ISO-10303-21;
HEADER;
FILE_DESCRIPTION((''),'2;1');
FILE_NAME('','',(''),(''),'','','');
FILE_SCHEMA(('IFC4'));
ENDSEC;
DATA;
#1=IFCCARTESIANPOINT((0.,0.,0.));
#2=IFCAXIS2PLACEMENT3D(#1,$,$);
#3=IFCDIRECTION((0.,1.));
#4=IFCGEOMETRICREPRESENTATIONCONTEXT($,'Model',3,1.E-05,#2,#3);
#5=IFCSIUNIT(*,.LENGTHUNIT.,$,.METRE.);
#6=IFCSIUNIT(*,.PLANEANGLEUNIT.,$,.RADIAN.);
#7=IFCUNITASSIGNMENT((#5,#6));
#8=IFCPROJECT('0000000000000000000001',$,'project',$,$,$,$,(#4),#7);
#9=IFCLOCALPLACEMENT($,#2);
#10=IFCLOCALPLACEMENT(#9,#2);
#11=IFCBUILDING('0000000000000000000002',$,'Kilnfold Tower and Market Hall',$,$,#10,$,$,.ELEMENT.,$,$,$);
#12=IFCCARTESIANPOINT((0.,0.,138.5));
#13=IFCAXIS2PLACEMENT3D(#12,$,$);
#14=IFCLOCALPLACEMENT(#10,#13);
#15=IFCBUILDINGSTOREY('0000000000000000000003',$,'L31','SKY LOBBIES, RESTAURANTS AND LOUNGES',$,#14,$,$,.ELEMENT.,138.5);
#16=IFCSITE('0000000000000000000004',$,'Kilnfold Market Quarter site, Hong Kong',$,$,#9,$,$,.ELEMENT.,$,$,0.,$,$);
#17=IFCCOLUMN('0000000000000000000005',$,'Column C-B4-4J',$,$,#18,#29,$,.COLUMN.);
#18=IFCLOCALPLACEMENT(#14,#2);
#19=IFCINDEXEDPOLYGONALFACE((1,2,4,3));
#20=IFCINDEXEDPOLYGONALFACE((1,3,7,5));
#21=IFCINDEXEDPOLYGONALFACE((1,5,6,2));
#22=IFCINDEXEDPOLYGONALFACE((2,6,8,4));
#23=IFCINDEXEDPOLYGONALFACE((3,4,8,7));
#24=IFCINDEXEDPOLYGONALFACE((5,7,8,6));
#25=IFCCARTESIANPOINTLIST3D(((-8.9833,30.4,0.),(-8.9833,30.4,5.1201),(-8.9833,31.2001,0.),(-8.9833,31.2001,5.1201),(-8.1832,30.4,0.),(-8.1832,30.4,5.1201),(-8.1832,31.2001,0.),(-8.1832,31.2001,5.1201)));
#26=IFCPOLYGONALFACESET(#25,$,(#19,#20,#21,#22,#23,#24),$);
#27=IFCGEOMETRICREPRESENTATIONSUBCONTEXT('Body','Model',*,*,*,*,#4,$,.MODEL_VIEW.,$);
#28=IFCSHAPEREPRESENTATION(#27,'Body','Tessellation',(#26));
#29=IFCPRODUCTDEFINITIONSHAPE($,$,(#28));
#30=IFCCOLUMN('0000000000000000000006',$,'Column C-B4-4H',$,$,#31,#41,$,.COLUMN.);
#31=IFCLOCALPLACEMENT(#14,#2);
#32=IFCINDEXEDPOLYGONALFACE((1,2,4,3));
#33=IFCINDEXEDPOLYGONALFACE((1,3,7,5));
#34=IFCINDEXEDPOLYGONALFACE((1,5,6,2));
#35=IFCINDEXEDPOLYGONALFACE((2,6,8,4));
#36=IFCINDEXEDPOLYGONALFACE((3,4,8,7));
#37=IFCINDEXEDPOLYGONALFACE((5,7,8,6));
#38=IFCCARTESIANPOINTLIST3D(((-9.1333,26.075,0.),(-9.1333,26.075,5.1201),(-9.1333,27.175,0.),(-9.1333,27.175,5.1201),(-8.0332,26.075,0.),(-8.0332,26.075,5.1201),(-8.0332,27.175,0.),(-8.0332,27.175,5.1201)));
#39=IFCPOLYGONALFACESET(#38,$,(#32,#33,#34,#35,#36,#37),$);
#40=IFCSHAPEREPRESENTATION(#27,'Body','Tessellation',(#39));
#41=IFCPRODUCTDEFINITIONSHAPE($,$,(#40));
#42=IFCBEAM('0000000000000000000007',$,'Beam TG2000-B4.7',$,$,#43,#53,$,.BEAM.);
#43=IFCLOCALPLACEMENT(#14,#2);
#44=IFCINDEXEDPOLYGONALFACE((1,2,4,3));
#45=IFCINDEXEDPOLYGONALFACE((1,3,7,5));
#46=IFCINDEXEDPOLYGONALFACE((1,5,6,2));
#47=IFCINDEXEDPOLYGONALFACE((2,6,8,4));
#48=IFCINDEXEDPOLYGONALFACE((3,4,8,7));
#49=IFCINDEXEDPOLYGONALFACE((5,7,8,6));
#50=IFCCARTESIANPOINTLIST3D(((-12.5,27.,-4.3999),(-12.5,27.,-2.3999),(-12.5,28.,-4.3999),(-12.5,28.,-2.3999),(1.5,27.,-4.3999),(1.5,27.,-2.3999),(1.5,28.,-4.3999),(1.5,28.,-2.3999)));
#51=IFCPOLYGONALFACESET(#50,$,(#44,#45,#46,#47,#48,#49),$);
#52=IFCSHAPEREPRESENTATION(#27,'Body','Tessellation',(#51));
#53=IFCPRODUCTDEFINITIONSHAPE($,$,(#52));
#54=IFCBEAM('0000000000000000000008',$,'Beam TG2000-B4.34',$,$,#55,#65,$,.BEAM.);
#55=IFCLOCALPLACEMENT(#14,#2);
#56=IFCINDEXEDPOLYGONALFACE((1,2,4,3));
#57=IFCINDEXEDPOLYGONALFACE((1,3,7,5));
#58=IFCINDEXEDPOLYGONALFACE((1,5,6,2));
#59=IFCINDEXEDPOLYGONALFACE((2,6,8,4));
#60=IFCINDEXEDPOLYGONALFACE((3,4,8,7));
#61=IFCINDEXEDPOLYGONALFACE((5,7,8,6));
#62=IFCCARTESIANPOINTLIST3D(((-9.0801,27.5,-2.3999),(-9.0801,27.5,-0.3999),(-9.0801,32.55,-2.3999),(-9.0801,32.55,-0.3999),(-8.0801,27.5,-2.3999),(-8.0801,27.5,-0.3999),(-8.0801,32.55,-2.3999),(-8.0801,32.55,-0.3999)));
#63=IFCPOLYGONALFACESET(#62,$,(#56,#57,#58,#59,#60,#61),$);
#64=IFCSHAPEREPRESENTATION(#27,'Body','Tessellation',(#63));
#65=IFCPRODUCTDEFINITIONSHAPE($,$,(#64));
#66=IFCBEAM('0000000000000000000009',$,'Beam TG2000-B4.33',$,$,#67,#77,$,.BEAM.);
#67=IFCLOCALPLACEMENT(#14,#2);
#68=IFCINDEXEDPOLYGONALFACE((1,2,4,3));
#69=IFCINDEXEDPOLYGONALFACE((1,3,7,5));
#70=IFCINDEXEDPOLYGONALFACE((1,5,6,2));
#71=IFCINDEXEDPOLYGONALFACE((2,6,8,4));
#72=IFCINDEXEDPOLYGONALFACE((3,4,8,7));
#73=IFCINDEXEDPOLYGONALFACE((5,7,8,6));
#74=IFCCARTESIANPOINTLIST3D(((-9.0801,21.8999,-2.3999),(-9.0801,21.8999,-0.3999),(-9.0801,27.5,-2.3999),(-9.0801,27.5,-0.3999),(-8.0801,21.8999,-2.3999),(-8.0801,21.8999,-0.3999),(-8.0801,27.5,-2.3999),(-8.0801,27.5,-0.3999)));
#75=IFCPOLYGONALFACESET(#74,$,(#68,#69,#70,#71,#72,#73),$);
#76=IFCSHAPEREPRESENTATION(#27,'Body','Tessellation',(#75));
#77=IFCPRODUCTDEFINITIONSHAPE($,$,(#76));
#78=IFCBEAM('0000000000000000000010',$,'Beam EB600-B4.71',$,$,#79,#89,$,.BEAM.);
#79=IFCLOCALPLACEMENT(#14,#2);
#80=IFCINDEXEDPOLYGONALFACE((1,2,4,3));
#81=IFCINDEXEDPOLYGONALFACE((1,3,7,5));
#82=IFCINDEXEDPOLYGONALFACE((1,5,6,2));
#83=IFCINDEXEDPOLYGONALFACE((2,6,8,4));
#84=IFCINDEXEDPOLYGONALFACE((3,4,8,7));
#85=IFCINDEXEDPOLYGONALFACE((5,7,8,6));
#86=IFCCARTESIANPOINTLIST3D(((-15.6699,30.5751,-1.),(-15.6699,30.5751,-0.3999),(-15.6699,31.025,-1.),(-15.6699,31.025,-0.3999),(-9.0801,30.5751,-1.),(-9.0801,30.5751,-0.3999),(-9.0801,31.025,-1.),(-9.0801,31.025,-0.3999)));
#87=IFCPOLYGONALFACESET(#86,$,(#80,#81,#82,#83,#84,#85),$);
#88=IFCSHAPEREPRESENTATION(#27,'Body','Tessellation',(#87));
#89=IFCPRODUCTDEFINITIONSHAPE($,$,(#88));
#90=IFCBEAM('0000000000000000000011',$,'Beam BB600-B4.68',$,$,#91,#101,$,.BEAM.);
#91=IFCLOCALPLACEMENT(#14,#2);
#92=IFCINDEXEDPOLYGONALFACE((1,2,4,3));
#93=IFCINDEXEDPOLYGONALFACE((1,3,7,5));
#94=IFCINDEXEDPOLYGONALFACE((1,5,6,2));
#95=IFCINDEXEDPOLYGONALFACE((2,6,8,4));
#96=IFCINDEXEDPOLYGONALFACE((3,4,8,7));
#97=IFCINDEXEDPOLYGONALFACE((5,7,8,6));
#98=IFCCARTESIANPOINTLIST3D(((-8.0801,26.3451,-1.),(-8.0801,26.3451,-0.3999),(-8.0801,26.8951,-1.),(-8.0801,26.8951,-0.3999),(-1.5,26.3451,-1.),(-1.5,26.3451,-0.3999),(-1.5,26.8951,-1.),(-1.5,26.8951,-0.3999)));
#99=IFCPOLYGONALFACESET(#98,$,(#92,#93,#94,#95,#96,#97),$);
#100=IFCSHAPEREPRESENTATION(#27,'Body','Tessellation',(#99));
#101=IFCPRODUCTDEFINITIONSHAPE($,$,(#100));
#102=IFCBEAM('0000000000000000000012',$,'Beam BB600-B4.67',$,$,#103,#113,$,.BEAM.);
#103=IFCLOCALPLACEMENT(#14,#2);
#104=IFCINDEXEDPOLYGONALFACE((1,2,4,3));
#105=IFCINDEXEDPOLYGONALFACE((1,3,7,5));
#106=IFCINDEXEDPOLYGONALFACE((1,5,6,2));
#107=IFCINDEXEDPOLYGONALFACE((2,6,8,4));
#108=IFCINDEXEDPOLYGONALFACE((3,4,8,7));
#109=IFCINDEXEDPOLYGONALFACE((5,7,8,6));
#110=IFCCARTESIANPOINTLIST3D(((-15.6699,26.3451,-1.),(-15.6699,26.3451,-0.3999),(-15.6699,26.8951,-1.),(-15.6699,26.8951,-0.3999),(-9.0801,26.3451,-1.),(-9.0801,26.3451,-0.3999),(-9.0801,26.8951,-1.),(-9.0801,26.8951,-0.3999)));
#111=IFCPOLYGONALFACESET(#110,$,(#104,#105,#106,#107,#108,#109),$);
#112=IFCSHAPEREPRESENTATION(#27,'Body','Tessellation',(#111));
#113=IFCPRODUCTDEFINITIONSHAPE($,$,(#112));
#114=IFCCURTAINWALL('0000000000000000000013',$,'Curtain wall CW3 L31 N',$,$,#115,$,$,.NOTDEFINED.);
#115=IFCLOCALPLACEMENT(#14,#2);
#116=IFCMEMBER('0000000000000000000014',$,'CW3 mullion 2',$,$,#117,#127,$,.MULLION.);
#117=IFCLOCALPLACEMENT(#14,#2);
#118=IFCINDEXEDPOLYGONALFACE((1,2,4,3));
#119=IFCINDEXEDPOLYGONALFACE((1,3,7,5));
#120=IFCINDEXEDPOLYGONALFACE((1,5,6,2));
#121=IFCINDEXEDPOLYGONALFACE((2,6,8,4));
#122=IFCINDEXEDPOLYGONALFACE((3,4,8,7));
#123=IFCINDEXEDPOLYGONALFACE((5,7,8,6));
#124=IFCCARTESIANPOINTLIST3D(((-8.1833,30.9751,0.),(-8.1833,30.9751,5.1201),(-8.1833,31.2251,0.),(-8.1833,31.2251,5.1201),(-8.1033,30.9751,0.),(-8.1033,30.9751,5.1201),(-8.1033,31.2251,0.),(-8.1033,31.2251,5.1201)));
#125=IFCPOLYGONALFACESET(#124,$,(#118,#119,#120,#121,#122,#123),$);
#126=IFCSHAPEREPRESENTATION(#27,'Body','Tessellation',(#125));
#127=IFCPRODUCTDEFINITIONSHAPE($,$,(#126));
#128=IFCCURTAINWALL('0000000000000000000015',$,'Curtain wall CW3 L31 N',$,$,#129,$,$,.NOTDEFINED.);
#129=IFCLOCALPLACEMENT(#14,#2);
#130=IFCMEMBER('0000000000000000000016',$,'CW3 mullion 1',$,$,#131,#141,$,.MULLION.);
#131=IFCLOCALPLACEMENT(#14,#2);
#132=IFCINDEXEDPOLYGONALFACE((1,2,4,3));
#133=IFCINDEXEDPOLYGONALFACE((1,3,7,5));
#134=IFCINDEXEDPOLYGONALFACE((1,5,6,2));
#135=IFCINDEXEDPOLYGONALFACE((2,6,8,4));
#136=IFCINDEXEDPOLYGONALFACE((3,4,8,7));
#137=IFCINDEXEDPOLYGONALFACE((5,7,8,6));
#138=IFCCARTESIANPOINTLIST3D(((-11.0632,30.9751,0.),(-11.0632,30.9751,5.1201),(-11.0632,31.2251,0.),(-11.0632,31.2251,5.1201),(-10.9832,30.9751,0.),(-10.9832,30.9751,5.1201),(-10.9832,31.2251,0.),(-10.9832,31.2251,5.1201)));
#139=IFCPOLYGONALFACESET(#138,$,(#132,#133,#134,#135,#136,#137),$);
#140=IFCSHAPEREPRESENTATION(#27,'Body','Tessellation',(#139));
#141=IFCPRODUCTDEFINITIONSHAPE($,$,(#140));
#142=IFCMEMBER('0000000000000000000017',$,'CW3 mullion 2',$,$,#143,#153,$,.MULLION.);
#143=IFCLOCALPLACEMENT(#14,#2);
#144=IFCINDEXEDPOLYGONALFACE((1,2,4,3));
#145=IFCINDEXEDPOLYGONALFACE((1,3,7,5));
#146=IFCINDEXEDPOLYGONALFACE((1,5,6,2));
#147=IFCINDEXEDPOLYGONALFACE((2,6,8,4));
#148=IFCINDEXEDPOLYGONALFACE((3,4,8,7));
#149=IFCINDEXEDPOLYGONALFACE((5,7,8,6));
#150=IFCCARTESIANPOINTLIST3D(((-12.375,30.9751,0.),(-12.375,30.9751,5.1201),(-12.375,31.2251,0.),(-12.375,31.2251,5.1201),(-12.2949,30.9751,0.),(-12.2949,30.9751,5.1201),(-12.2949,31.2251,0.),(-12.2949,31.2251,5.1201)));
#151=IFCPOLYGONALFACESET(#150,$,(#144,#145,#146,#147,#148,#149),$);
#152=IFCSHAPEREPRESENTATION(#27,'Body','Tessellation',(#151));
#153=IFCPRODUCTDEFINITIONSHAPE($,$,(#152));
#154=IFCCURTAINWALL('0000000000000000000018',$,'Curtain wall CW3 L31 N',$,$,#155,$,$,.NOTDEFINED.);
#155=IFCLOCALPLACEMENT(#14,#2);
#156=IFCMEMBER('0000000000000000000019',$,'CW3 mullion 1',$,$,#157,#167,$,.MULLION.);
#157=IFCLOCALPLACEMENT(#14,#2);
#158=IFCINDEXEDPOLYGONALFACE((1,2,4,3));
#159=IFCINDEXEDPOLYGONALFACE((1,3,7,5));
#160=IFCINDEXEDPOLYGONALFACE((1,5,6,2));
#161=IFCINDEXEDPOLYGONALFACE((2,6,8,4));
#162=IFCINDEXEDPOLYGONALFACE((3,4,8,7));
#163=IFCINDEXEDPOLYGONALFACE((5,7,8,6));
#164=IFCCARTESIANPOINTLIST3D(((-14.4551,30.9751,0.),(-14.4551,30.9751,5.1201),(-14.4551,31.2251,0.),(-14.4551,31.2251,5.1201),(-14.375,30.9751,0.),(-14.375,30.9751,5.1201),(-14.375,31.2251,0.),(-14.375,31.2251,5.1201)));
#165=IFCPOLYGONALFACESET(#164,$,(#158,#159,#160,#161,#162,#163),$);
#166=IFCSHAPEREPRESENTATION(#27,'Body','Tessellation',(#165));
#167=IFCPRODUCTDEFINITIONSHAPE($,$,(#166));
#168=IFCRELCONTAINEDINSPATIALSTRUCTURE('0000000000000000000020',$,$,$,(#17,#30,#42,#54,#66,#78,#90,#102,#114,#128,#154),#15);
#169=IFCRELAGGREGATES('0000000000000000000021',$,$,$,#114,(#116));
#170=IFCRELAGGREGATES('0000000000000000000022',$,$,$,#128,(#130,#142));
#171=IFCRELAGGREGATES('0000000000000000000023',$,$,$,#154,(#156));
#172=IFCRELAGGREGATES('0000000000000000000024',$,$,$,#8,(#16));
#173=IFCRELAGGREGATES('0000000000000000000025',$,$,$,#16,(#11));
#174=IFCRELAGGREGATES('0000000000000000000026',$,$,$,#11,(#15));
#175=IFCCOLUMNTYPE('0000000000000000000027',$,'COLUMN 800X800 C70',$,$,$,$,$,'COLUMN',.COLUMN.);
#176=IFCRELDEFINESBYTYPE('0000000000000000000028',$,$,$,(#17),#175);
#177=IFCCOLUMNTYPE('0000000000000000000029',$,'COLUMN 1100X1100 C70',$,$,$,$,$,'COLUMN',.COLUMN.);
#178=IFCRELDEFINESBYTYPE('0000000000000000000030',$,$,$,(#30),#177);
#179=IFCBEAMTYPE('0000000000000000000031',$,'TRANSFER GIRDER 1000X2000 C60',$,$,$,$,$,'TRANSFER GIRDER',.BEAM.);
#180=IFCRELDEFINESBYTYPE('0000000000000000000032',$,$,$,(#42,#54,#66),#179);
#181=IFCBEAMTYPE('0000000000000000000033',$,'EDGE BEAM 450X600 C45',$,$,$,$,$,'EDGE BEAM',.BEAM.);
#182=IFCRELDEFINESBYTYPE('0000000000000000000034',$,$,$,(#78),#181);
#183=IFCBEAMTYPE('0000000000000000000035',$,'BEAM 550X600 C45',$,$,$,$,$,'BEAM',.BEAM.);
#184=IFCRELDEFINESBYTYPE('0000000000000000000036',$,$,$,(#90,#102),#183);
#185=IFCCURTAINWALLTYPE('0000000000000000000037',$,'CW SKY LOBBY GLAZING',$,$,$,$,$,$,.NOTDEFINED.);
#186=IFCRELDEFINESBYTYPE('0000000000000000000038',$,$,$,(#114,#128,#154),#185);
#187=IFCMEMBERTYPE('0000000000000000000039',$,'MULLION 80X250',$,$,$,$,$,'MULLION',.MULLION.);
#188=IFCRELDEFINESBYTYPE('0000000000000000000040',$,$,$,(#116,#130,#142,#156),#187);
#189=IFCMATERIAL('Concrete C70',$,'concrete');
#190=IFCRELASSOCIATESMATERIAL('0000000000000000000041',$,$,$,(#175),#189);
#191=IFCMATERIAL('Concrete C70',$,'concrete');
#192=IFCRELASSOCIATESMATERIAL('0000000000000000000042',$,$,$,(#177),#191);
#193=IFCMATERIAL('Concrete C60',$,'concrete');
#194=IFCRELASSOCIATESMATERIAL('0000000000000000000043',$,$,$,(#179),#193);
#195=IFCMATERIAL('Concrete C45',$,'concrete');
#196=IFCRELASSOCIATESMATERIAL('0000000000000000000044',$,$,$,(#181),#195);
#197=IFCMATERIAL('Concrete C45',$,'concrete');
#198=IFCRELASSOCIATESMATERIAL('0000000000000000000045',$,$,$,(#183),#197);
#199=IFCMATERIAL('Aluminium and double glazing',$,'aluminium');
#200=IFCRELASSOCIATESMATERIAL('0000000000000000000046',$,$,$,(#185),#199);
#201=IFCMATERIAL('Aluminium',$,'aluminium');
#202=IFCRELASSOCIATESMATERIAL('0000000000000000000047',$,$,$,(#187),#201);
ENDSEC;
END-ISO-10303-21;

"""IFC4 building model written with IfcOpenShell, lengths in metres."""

from ifc_helpers import new_model, si_unit, direction, frame, origin, origin_2d, place, context, subcontext, project, spatial, rectangle, extrude, source, transform, mapped, material, material_profile, profile_set, type_object, element, aggregate, save


model = new_model("IFC4")

# Units and contexts
model_context = context("Model", 3, precision=1e-05, world=origin(), true_north=direction((0.0, 1.0)))
body_context = subcontext(model_context, "Body", "Model", "MODEL_VIEW")
ifc_project = project(units=[si_unit("LENGTHUNIT", "METRE"), si_unit("PLANEANGLEUNIT", "RADIAN")], contexts=[model_context])

# Site, building, storey
site_placement = place(None, origin())
site = spatial("IfcSite", under=ifc_project, at=site_placement, Name="Kilnfold Market Quarter site, Hong Kong", CompositionType="ELEMENT", RefElevation=0.0)
building_placement = place(site_placement, origin())
building = spatial("IfcBuilding", under=site, at=building_placement, Name="Kilnfold Tower and Market Hall", CompositionType="ELEMENT")
storey_placement = place(building_placement, frame((0.0, 0.0, 138.5)))
storey = spatial("IfcBuildingStorey", under=building, at=storey_placement, Name="L31", Description="SKY LOBBIES, RESTAURANTS AND LOUNGES", CompositionType="ELEMENT", Elevation=138.5)

# Columns
ifc_material_1 = material(Name="Concrete C70", Category="concrete")
ifc_material_profile_1 = material_profile(ifc_material_1, rectangle(XDim=0.8, YDim=0.8, at=origin_2d()), Name="RC 800x800")
ifc_profile_set_1 = profile_set([ifc_material_profile_1], Name="Concrete C70")
column_type_1 = type_object("IfcColumnType", Name="COLUMN 800X800 C70", ElementType="COLUMN", PredefinedType="COLUMN", material=ifc_profile_set_1)
shared_shape_1 = source(origin(), body_context, "Body", "SweptSolid", [
    extrude(rectangle(XDim=0.8, YDim=0.8, at=origin_2d()), origin(), (0.0, 0.0, 1.0), 5.1201),
])
column_1_placement = place(storey_placement, frame((-8.5833, 30.8, 0.0), z_axis=(0.0, 0.0, 1.0), x_axis=(1.0, 0.0, 0.0)))
element("IfcColumn", 1, at=column_1_placement, inside=storey, type_object=column_type_1, Name="Column C-B4-4J", PredefinedType="COLUMN", context=body_context, shape_type="MappedRepresentation", body=[
    mapped(shared_shape_1, transform((0.0, 0.0, 0.0))),
])
ifc_material_2 = material(Name="Concrete C70", Category="concrete")
ifc_material_profile_2 = material_profile(ifc_material_2, rectangle(XDim=1.1001, YDim=1.1001, at=origin_2d()), Name="RC 1100x1100")
ifc_profile_set_2 = profile_set([ifc_material_profile_2], Name="Concrete C70")
column_type_2 = type_object("IfcColumnType", Name="COLUMN 1100X1100 C70", ElementType="COLUMN", PredefinedType="COLUMN", material=ifc_profile_set_2)
shared_shape_2 = source(origin(), body_context, "Body", "SweptSolid", [
    extrude(rectangle(XDim=1.1001, YDim=1.1001, at=origin_2d()), origin(), (0.0, 0.0, 1.0), 5.1201),
])
column_2_placement = place(storey_placement, frame((-8.5833, 26.625, 0.0), z_axis=(0.0, 0.0, 1.0), x_axis=(1.0, 0.0, 0.0)))
element("IfcColumn", 2, at=column_2_placement, inside=storey, type_object=column_type_2, Name="Column C-B4-4H", PredefinedType="COLUMN", context=body_context, shape_type="MappedRepresentation", body=[
    mapped(shared_shape_2, transform((0.0, 0.0, 0.0))),
])

# Beams
ifc_material_3 = material(Name="Concrete C60", Category="concrete")
ifc_material_profile_3 = material_profile(ifc_material_3, rectangle(XDim=1.0, YDim=2.0, at=origin_2d()), Name="RC 1000x2000")
ifc_profile_set_3 = profile_set([ifc_material_profile_3], Name="Concrete C60")
beam_type_1 = type_object("IfcBeamType", Name="TRANSFER GIRDER 1000X2000 C60", ElementType="TRANSFER GIRDER", PredefinedType="BEAM", material=ifc_profile_set_3)
shared_shape_3 = source(origin(), body_context, "Body", "SweptSolid", [
    extrude(rectangle(XDim=1.0, YDim=2.0, at=origin_2d()), origin(), (0.0, 0.0, 1.0), 14.0),
])
beam_1_placement = place(storey_placement, frame((-12.5, 27.5, -3.3999), z_axis=(1.0, 0.0, 0.0), x_axis=(0.0, 1.0, 0.0)))
element("IfcBeam", 3, at=beam_1_placement, inside=storey, type_object=beam_type_1, Name="Beam TG2000-B4.7", PredefinedType="BEAM", context=body_context, shape_type="MappedRepresentation", body=[
    mapped(shared_shape_3, transform((0.0, 0.0, 0.0))),
])
shared_shape_4 = source(origin(), body_context, "Body", "SweptSolid", [
    extrude(rectangle(XDim=1.0, YDim=2.0, at=origin_2d()), origin(), (0.0, 0.0, 1.0), 5.05),
])
beam_2_placement = place(storey_placement, frame((-8.5801, 27.5, -1.3999), z_axis=(0.0, 1.0, 0.0), x_axis=(-1.0, 0.0, 0.0)))
element("IfcBeam", 4, at=beam_2_placement, inside=storey, type_object=beam_type_1, Name="Beam TG2000-B4.34", PredefinedType="BEAM", context=body_context, shape_type="MappedRepresentation", body=[
    mapped(shared_shape_4, transform((0.0, 0.0, 0.0))),
])
shared_shape_5 = source(origin(), body_context, "Body", "SweptSolid", [
    extrude(rectangle(XDim=1.0, YDim=2.0, at=origin_2d()), origin(), (0.0, 0.0, 1.0), 5.6001),
])
beam_3_placement = place(storey_placement, frame((-8.5801, 21.8999, -1.3999), z_axis=(0.0, 1.0, 0.0), x_axis=(-1.0, 0.0, 0.0)))
element("IfcBeam", 5, at=beam_3_placement, inside=storey, type_object=beam_type_1, Name="Beam TG2000-B4.33", PredefinedType="BEAM", context=body_context, shape_type="MappedRepresentation", body=[
    mapped(shared_shape_5, transform((0.0, 0.0, 0.0))),
])
ifc_material_4 = material(Name="Concrete C45", Category="concrete")
ifc_material_profile_4 = material_profile(ifc_material_4, rectangle(XDim=0.45, YDim=0.6001, at=origin_2d()), Name="RC 450x600")
ifc_profile_set_4 = profile_set([ifc_material_profile_4], Name="Concrete C45")
beam_type_2 = type_object("IfcBeamType", Name="EDGE BEAM 450X600 C45", ElementType="EDGE BEAM", PredefinedType="BEAM", material=ifc_profile_set_4)
shared_shape_6 = source(origin(), body_context, "Body", "SweptSolid", [
    extrude(rectangle(XDim=0.45, YDim=0.6001, at=origin_2d()), origin(), (0.0, 0.0, 1.0), 6.5898),
])
beam_4_placement = place(storey_placement, frame((-15.6699, 30.8, -0.7), z_axis=(1.0, 0.0, 0.0), x_axis=(0.0, 1.0, 0.0)))
element("IfcBeam", 6, at=beam_4_placement, inside=storey, type_object=beam_type_2, Name="Beam EB600-B4.71", PredefinedType="BEAM", context=body_context, shape_type="MappedRepresentation", body=[
    mapped(shared_shape_6, transform((0.0, 0.0, 0.0))),
])
ifc_material_5 = material(Name="Concrete C45", Category="concrete")
ifc_material_profile_5 = material_profile(ifc_material_5, rectangle(XDim=0.55, YDim=0.6001, at=origin_2d()), Name="RC 550x600")
ifc_profile_set_5 = profile_set([ifc_material_profile_5], Name="Concrete C45")
beam_type_3 = type_object("IfcBeamType", Name="BEAM 550X600 C45", ElementType="BEAM", PredefinedType="BEAM", material=ifc_profile_set_5)
shared_shape_7 = source(origin(), body_context, "Body", "SweptSolid", [
    extrude(rectangle(XDim=0.55, YDim=0.6001, at=origin_2d()), origin(), (0.0, 0.0, 1.0), 6.5801),
])
beam_5_placement = place(storey_placement, frame((-8.0801, 26.6201, -0.7), z_axis=(1.0, 0.0, 0.0), x_axis=(0.0, 1.0, 0.0)))
element("IfcBeam", 7, at=beam_5_placement, inside=storey, type_object=beam_type_3, Name="Beam BB600-B4.68", PredefinedType="BEAM", context=body_context, shape_type="MappedRepresentation", body=[
    mapped(shared_shape_7, transform((0.0, 0.0, 0.0))),
])
shared_shape_8 = source(origin(), body_context, "Body", "SweptSolid", [
    extrude(rectangle(XDim=0.55, YDim=0.6001, at=origin_2d()), origin(), (0.0, 0.0, 1.0), 6.5898),
])
beam_6_placement = place(storey_placement, frame((-15.6699, 26.6201, -0.7), z_axis=(1.0, 0.0, 0.0), x_axis=(0.0, 1.0, 0.0)))
element("IfcBeam", 8, at=beam_6_placement, inside=storey, type_object=beam_type_3, Name="Beam BB600-B4.67", PredefinedType="BEAM", context=body_context, shape_type="MappedRepresentation", body=[
    mapped(shared_shape_8, transform((0.0, 0.0, 0.0))),
])

# Curtain wall, member
ifc_material_6 = material(Name="Aluminium and double glazing", Category="aluminium")
curtain_wall_type = type_object("IfcCurtainWallType", Name="CW SKY LOBBY GLAZING", PredefinedType="NOTDEFINED", material=ifc_material_6)
curtain_wall_1_placement = place(storey_placement, origin())
curtain_wall_1 = element("IfcCurtainWall", 9, at=curtain_wall_1_placement, inside=storey, type_object=curtain_wall_type, Name="Curtain wall CW3 L31 N", PredefinedType="NOTDEFINED")
ifc_material_7 = material(Name="Aluminium", Category="aluminium")
ifc_material_profile_6 = material_profile(ifc_material_7, rectangle(XDim=0.0801, YDim=0.25, at=origin_2d()), Name="MULLION 80x250")
ifc_profile_set_6 = profile_set([ifc_material_profile_6], Name="Aluminium")
member_type_1 = type_object("IfcMemberType", Name="MULLION 80X250", ElementType="MULLION", PredefinedType="MULLION", material=ifc_profile_set_6)
shared_shape_9 = source(origin(), body_context, "Body", "SweptSolid", [
    extrude(rectangle(XDim=0.0801, YDim=0.25, at=origin_2d()), origin(), (0.0, 0.0, 1.0), 5.1201),
])
member_1_placement = place(storey_placement, frame((-8.1433, 31.1001, 0.0), z_axis=(0.0, 0.0, 1.0), x_axis=(-1.0, 0.0, 0.0)))
member_1 = element("IfcMember", 10, at=member_1_placement, type_object=member_type_1, Name="CW3 mullion 2", PredefinedType="MULLION", context=body_context, shape_type="MappedRepresentation", body=[
    mapped(shared_shape_9, transform((0.0, 0.0, 0.0))),
])
aggregate(curtain_wall_1, [member_1])

# Curtain wall, members
curtain_wall_2_placement = place(storey_placement, origin())
curtain_wall_2 = element("IfcCurtainWall", 11, at=curtain_wall_2_placement, inside=storey, type_object=curtain_wall_type, Name="Curtain wall CW3 L31 N", PredefinedType="NOTDEFINED")
member_2_placement = place(storey_placement, frame((-11.0232, 31.1001, 0.0), z_axis=(0.0, 0.0, 1.0), x_axis=(-1.0, 0.0, 0.0)))
member_2 = element("IfcMember", 12, at=member_2_placement, type_object=member_type_1, Name="CW3 mullion 1", PredefinedType="MULLION", context=body_context, shape_type="MappedRepresentation", body=[
    mapped(shared_shape_9, transform((0.0, 0.0, 0.0))),
])
member_3_placement = place(storey_placement, frame((-12.335, 31.1001, 0.0), z_axis=(0.0, 0.0, 1.0), x_axis=(-1.0, 0.0, 0.0)))
member_3 = element("IfcMember", 13, at=member_3_placement, type_object=member_type_1, Name="CW3 mullion 2", PredefinedType="MULLION", context=body_context, shape_type="MappedRepresentation", body=[
    mapped(shared_shape_9, transform((0.0, 0.0, 0.0))),
])

# Curtain wall, member
curtain_wall_3_placement = place(storey_placement, origin())
curtain_wall_3 = element("IfcCurtainWall", 14, at=curtain_wall_3_placement, inside=storey, type_object=curtain_wall_type, Name="Curtain wall CW3 L31 N", PredefinedType="NOTDEFINED")
member_4_placement = place(storey_placement, frame((-14.415, 31.1001, 0.0), z_axis=(0.0, 0.0, 1.0), x_axis=(-1.0, 0.0, 0.0)))
member_4 = element("IfcMember", 15, at=member_4_placement, type_object=member_type_1, Name="CW3 mullion 1", PredefinedType="MULLION", context=body_context, shape_type="MappedRepresentation", body=[
    mapped(shared_shape_9, transform((0.0, 0.0, 0.0))),
])

aggregate(curtain_wall_2, [member_2, member_3])
aggregate(curtain_wall_3, [member_4])

save(model, "model.ifc")
